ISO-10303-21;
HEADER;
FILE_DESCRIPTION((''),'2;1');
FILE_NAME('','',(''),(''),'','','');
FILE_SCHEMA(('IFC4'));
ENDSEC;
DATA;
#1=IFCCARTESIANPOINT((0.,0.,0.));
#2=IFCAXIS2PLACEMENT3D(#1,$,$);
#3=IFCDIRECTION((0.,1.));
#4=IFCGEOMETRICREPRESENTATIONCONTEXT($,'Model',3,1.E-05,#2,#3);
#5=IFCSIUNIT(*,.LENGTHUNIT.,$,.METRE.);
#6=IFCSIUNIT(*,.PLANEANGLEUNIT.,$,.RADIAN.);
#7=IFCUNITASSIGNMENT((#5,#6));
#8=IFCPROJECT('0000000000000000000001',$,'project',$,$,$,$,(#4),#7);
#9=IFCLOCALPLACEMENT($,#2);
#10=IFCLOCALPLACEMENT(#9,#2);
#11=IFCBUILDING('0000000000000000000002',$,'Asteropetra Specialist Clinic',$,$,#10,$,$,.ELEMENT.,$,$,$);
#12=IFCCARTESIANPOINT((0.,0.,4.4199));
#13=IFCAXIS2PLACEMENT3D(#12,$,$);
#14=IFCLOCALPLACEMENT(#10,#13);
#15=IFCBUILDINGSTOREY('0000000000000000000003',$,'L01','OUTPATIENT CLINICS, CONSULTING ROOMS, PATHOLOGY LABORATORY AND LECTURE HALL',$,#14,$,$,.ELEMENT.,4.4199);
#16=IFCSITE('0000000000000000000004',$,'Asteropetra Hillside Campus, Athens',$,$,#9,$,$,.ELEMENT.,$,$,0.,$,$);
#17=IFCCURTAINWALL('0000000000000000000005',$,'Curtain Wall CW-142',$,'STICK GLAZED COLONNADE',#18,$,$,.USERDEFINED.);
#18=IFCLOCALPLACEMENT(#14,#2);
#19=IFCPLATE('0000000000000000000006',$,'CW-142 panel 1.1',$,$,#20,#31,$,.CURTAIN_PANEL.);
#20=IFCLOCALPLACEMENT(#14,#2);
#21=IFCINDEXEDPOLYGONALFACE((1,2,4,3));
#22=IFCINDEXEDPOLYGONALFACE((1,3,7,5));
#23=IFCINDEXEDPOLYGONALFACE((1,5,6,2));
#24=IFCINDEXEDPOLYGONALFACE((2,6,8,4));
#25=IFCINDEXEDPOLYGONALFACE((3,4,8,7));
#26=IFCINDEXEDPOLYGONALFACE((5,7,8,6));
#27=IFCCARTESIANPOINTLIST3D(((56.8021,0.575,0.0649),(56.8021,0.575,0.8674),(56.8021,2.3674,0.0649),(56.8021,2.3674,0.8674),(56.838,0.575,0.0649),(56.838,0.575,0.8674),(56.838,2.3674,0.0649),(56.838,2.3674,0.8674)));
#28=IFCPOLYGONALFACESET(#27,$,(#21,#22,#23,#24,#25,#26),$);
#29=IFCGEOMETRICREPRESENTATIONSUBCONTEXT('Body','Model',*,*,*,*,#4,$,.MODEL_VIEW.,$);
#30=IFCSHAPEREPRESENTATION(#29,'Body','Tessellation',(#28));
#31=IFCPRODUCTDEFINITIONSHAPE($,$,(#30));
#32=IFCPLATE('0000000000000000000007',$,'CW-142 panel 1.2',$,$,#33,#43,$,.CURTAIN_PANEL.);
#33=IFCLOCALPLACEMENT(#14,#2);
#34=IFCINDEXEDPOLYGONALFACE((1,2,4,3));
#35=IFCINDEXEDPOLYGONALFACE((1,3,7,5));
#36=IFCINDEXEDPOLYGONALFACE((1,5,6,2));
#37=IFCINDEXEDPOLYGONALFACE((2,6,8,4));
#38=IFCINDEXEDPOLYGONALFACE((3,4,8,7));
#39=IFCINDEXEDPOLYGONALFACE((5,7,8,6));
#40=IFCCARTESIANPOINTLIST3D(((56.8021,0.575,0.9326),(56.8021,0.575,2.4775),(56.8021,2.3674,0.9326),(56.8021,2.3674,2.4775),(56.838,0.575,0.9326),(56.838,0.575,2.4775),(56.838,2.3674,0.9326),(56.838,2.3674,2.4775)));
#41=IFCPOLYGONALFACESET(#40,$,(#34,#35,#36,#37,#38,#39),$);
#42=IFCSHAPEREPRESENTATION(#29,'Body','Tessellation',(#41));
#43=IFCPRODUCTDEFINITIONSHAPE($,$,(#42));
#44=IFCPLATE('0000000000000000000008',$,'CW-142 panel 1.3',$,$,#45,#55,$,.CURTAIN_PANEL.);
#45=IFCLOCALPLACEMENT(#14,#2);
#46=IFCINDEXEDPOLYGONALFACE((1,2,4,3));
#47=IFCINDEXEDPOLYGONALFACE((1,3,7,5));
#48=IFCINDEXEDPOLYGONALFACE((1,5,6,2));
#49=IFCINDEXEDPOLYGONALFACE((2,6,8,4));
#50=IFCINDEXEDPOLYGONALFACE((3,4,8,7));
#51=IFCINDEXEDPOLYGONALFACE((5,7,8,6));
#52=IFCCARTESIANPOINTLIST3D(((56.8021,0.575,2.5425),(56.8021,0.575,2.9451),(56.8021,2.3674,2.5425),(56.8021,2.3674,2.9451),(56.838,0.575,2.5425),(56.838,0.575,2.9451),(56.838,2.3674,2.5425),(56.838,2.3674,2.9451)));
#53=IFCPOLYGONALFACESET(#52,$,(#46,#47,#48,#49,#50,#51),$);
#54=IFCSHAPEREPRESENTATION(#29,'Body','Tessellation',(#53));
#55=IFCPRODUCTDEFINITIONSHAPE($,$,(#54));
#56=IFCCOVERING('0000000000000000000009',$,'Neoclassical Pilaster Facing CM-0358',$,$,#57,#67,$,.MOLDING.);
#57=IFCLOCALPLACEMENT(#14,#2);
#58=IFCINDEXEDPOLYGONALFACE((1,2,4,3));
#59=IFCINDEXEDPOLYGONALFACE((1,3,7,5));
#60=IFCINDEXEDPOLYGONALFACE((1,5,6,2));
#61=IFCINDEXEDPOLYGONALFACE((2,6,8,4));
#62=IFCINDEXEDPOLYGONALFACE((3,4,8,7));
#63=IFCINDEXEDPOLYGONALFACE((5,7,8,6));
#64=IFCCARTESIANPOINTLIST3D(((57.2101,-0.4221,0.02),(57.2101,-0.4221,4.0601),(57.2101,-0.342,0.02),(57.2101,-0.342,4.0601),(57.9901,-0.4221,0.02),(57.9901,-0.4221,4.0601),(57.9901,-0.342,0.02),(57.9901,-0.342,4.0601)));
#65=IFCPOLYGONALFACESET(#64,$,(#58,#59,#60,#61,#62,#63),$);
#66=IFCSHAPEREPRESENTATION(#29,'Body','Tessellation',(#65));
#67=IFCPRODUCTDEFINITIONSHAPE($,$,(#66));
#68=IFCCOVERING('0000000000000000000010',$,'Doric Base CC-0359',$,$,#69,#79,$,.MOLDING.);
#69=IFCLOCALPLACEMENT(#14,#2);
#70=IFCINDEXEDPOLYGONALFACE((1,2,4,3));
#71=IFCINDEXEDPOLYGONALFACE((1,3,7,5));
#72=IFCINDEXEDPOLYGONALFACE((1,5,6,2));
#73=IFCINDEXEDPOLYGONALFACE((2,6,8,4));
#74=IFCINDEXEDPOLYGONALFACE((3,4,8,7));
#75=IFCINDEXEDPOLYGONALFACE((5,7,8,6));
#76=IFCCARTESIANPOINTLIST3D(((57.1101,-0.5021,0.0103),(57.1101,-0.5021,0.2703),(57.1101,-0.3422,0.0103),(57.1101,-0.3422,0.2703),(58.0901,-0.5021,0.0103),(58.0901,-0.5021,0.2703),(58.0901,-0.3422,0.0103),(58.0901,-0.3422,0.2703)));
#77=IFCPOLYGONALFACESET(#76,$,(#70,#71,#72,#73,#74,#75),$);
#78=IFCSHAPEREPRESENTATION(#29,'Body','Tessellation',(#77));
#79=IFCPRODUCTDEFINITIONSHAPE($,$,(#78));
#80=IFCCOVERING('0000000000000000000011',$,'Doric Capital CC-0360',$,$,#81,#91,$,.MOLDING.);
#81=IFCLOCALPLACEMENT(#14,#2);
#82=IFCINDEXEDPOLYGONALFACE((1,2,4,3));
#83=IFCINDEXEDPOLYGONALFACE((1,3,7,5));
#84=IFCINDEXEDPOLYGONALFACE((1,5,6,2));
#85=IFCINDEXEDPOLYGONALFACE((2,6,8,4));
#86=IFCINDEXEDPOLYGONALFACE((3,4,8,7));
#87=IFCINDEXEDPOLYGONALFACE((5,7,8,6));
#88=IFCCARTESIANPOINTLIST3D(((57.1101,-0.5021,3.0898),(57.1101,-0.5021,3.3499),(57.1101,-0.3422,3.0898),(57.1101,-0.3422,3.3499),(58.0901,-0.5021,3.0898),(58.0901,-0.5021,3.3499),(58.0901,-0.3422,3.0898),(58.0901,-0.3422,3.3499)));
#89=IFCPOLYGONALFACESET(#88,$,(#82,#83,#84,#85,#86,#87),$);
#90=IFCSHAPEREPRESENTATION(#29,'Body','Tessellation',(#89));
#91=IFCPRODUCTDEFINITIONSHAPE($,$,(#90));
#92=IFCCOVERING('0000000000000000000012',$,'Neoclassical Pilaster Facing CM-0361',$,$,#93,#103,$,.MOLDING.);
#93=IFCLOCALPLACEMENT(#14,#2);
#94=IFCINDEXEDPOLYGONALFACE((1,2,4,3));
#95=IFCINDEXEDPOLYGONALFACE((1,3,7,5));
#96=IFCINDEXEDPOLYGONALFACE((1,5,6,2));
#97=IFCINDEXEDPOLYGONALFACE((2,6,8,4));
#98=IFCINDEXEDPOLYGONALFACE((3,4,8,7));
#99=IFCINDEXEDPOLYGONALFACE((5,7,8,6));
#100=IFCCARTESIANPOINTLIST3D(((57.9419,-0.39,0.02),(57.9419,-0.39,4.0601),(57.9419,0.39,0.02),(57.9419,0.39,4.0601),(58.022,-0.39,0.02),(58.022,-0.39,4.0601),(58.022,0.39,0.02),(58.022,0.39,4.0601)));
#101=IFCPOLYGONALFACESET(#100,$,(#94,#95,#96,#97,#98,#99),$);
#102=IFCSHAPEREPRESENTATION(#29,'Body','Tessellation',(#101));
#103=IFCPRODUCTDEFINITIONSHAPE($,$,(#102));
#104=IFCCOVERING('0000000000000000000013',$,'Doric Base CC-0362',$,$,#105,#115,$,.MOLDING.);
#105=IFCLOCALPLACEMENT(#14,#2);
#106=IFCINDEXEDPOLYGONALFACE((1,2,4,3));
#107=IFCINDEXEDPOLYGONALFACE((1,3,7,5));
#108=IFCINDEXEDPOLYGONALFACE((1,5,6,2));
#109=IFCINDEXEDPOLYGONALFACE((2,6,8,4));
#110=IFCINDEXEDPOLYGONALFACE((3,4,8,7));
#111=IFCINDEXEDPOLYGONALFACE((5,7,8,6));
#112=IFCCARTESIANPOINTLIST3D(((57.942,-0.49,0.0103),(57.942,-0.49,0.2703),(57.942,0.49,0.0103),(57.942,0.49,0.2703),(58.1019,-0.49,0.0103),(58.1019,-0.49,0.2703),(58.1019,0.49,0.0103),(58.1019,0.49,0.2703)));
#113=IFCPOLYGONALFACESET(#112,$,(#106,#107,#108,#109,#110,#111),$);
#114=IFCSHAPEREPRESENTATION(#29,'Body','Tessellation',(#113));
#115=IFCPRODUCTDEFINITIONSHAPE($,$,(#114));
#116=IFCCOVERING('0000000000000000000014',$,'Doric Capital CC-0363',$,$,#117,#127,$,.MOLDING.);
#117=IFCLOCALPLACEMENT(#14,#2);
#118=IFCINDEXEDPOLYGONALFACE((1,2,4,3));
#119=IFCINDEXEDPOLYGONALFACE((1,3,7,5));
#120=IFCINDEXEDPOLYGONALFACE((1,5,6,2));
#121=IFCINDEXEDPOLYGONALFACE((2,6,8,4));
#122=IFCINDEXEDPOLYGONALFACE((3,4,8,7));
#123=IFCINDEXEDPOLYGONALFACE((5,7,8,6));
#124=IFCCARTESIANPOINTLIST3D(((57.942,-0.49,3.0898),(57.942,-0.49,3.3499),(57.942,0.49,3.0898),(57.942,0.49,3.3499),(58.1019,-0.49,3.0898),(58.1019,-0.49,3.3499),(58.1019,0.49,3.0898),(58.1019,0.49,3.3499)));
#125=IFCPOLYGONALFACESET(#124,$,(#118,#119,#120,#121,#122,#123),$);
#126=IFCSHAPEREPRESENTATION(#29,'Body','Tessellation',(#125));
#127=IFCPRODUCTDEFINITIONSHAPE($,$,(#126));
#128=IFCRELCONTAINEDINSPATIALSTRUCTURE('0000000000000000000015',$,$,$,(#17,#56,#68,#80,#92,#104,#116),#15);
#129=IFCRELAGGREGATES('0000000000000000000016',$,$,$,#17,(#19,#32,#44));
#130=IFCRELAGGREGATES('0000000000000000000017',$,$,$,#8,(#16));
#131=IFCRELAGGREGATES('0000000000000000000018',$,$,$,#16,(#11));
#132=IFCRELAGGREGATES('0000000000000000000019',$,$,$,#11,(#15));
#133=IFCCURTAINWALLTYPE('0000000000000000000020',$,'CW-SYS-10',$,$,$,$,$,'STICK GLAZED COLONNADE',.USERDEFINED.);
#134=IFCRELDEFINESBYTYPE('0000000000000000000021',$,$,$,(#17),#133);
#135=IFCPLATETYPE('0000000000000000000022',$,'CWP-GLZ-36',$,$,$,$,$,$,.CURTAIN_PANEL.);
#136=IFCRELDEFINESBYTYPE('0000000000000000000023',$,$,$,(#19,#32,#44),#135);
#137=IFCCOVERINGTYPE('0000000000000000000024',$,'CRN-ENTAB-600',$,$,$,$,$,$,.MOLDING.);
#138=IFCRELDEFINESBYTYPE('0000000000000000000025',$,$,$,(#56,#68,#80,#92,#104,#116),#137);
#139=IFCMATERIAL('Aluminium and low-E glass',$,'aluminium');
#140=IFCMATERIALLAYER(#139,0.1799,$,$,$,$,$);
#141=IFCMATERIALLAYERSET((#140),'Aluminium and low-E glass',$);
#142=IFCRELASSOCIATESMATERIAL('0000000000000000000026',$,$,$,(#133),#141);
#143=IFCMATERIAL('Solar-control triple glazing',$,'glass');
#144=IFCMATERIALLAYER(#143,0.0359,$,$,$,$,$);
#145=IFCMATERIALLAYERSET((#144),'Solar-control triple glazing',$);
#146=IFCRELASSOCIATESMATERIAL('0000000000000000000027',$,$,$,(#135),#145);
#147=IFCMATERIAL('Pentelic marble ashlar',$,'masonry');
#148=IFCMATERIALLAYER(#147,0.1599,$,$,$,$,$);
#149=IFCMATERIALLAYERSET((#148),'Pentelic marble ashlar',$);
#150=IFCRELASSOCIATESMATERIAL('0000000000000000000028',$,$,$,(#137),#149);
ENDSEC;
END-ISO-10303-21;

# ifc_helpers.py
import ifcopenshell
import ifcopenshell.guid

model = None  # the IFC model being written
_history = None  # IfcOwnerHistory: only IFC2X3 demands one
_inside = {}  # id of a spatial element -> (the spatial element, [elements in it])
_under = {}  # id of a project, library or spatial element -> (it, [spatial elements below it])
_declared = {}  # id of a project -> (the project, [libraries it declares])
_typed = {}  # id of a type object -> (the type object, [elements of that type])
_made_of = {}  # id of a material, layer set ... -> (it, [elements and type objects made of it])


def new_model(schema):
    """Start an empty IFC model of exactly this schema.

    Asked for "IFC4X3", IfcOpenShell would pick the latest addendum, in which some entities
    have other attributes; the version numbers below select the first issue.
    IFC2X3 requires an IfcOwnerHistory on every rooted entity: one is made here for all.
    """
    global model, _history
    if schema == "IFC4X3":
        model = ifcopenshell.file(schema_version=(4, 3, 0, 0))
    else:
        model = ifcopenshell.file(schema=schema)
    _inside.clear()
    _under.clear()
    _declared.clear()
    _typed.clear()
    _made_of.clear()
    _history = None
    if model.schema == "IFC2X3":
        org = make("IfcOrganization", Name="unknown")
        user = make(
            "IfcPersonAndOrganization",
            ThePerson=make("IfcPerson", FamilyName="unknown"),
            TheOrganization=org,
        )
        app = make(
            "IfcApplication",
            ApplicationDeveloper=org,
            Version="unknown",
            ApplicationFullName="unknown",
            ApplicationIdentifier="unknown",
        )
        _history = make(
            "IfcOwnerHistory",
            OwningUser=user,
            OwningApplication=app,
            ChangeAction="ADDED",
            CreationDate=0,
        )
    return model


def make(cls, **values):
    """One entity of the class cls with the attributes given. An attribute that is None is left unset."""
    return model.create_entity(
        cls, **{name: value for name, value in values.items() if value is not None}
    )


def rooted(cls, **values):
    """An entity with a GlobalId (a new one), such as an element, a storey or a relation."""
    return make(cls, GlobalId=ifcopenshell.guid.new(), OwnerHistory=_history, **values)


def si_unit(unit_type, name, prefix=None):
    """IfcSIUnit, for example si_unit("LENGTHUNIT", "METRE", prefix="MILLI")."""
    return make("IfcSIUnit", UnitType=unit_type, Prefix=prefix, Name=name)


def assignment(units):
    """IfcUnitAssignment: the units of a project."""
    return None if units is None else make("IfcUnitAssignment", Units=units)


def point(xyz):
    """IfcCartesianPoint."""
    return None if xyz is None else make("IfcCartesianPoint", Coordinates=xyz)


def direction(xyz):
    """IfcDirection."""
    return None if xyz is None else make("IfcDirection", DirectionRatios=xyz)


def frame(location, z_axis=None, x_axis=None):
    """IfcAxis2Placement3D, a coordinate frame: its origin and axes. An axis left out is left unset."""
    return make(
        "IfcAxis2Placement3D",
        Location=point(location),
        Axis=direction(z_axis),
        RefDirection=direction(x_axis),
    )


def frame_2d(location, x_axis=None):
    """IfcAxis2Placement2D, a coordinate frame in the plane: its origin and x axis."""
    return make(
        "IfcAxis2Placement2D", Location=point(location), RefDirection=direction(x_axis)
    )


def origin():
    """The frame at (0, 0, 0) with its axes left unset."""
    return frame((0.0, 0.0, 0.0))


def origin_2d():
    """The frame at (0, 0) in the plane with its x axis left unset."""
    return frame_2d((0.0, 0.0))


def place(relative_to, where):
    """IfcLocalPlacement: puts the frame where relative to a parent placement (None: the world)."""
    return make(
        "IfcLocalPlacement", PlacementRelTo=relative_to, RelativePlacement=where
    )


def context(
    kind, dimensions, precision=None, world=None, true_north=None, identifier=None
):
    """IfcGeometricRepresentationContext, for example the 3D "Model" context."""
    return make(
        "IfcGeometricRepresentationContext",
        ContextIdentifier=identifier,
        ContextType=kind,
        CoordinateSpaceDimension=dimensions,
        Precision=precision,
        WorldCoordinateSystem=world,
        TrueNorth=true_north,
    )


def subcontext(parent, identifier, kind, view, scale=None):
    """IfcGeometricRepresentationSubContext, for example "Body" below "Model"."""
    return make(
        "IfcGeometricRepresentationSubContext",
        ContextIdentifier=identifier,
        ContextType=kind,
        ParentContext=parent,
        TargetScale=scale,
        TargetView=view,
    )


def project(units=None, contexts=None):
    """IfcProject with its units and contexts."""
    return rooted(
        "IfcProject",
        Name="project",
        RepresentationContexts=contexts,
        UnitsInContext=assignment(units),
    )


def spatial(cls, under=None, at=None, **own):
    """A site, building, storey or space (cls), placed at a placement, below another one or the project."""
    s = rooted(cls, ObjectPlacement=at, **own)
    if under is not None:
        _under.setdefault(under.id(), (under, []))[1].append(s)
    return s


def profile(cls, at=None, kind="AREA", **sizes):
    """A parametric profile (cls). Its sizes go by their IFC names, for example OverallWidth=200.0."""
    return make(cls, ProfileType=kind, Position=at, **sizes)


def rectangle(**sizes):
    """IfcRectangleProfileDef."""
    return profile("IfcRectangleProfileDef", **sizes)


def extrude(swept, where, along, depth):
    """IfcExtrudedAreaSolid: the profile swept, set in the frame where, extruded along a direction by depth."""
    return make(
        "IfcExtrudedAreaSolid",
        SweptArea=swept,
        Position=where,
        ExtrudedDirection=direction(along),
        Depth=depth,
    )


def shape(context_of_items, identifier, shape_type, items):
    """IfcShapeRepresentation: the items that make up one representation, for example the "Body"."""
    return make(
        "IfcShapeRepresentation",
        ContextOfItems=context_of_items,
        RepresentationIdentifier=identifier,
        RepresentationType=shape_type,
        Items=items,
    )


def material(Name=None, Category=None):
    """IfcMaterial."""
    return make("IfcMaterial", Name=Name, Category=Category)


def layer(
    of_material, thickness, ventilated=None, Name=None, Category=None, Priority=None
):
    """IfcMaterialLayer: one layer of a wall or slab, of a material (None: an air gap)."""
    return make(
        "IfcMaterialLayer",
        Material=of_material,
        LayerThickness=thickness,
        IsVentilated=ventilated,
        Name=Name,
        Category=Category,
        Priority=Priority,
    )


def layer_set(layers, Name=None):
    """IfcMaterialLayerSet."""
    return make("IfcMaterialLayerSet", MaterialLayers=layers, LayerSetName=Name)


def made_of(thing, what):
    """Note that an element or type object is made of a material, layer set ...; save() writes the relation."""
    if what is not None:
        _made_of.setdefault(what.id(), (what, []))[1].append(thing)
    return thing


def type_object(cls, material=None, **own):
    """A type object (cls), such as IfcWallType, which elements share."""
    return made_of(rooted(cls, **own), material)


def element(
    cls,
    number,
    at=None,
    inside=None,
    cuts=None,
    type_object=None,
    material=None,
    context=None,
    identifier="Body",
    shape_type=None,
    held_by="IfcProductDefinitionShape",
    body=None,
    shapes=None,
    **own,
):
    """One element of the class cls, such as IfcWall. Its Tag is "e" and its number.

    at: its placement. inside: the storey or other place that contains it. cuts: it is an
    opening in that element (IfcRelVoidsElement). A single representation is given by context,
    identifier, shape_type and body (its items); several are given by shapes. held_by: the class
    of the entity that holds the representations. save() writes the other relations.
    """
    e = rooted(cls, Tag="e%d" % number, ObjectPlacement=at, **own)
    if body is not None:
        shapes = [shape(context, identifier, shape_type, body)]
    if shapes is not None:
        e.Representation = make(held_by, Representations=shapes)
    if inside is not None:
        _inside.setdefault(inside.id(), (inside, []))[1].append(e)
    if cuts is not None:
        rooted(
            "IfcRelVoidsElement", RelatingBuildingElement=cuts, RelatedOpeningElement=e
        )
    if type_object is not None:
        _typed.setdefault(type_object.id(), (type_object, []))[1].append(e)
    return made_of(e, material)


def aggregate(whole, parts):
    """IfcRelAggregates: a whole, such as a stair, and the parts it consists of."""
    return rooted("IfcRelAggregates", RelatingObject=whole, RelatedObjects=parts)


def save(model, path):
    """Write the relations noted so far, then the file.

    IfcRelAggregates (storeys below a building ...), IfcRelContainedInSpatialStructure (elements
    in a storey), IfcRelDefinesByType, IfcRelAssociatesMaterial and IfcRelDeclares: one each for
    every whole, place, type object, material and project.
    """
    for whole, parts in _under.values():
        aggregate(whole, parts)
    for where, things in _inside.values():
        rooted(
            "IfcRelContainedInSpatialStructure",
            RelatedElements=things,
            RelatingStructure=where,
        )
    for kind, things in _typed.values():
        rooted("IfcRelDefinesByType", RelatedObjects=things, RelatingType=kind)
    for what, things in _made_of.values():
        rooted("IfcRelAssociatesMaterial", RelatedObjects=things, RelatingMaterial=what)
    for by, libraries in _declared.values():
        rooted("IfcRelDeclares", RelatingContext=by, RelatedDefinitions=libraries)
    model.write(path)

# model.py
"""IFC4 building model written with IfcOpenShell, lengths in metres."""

from ifc_helpers import new_model, si_unit, direction, frame, origin, origin_2d, place, context, subcontext, project, spatial, rectangle, extrude, material, layer, layer_set, type_object, element, aggregate, save


model = new_model("IFC4")

# Units and contexts
model_context = context("Model", 3, precision=1e-05, world=origin(), true_north=direction((0.0, 1.0)))
body_context = subcontext(model_context, "Body", "Model", "MODEL_VIEW")
ifc_project = project(units=[si_unit("LENGTHUNIT", "METRE"), si_unit("PLANEANGLEUNIT", "RADIAN")], contexts=[model_context])

# Site, building, storey
site_placement = place(None, origin())
site = spatial("IfcSite", under=ifc_project, at=site_placement, Name="Asteropetra Hillside Campus, Athens", CompositionType="ELEMENT", RefElevation=0.0)
building_placement = place(site_placement, origin())
building = spatial("IfcBuilding", under=site, at=building_placement, Name="Asteropetra Specialist Clinic", CompositionType="ELEMENT")
storey_placement = place(building_placement, frame((0.0, 0.0, 4.4199)))
storey = spatial("IfcBuildingStorey", under=building, at=storey_placement, Name="L01", Description="OUTPATIENT CLINICS, CONSULTING ROOMS, PATHOLOGY LABORATORY AND LECTURE HALL", CompositionType="ELEMENT", Elevation=4.4199)

# Curtain wall
ifc_material_1 = material(Name="Aluminium and low-E glass", Category="aluminium")
ifc_layer_1 = layer(ifc_material_1, 0.1799)
ifc_layer_set_1 = layer_set([ifc_layer_1], Name="Aluminium and low-E glass")
curtain_wall_type_1 = type_object("IfcCurtainWallType", Name="CW-SYS-10", ElementType="STICK GLAZED COLONNADE", PredefinedType="USERDEFINED", material=ifc_layer_set_1)
curtain_wall_1_placement = place(storey_placement, origin())
curtain_wall_1 = element("IfcCurtainWall", 1, at=curtain_wall_1_placement, inside=storey, type_object=curtain_wall_type_1, Name="Curtain Wall CW-142", ObjectType="STICK GLAZED COLONNADE", PredefinedType="USERDEFINED")

# Plates
ifc_material_2 = material(Name="Solar-control triple glazing", Category="glass")
ifc_layer_2 = layer(ifc_material_2, 0.0359)
ifc_layer_set_2 = layer_set([ifc_layer_2], Name="Solar-control triple glazing")
plate_type_1 = type_object("IfcPlateType", Name="CWP-GLZ-36", PredefinedType="CURTAIN_PANEL", material=ifc_layer_set_2)
plate_1_placement = place(storey_placement, frame((56.8201, 1.4712, 0.0649), z_axis=(0.0, 0.0, 1.0), x_axis=(0.0, 1.0, 0.0)))
plate_1 = element("IfcPlate", 2, at=plate_1_placement, type_object=plate_type_1, Name="CW-142 panel 1.1", PredefinedType="CURTAIN_PANEL", context=body_context, shape_type="SweptSolid", body=[
    extrude(rectangle(XDim=1.7925, YDim=0.0359, at=origin_2d()), origin(), (0.0, 0.0, 1.0), 0.8025),
])
plate_2_placement = place(storey_placement, frame((56.8201, 1.4712, 0.9326), z_axis=(0.0, 0.0, 1.0), x_axis=(0.0, 1.0, 0.0)))
plate_2 = element("IfcPlate", 3, at=plate_2_placement, type_object=plate_type_1, Name="CW-142 panel 1.2", PredefinedType="CURTAIN_PANEL", context=body_context, shape_type="SweptSolid", body=[
    extrude(rectangle(XDim=1.7925, YDim=0.0359, at=origin_2d()), origin(), (0.0, 0.0, 1.0), 1.5449),
])
plate_3_placement = place(storey_placement, frame((56.8201, 1.4712, 2.5425), z_axis=(0.0, 0.0, 1.0), x_axis=(0.0, 1.0, 0.0)))
plate_3 = element("IfcPlate", 4, at=plate_3_placement, type_object=plate_type_1, Name="CW-142 panel 1.3", PredefinedType="CURTAIN_PANEL", context=body_context, shape_type="SweptSolid", body=[
    extrude(rectangle(XDim=1.7925, YDim=0.0359, at=origin_2d()), origin(), (0.0, 0.0, 1.0), 0.4026),
])
aggregate(curtain_wall_1, [plate_1, plate_2, plate_3])

# Coverings
ifc_material_3 = material(Name="Pentelic marble ashlar", Category="masonry")
ifc_layer_3 = layer(ifc_material_3, 0.1599)
ifc_layer_set_3 = layer_set([ifc_layer_3], Name="Pentelic marble ashlar")
covering_type = type_object("IfcCoveringType", Name="CRN-ENTAB-600", PredefinedType="MOLDING", material=ifc_layer_set_3)
covering_1_placement = place(storey_placement, frame((57.6001, -0.3821, 0.02), z_axis=(0.0, 0.0, 1.0), x_axis=(1.0, 0.0, 0.0)))
element("IfcCovering", 5, at=covering_1_placement, inside=storey, type_object=covering_type, Name="Neoclassical Pilaster Facing CM-0358", PredefinedType="MOLDING", context=body_context, shape_type="SweptSolid", body=[
    extrude(rectangle(XDim=0.78, YDim=0.0801, at=origin_2d()), origin(), (0.0, 0.0, 1.0), 4.04),
])
for number, where, z_axis, x_axis, name in (
    (6, (57.6001, -0.4221, 0.0103), (0.0, 0.0, 1.0), (1.0, 0.0, 0.0), "Doric Base CC-0359"),
    (7, (57.6001, -0.4221, 3.0898), (0.0, 0.0, 1.0), (1.0, 0.0, 0.0), "Doric Capital CC-0360"),
):
    element("IfcCovering", number, at=place(storey_placement, frame(where, z_axis=z_axis, x_axis=x_axis)), inside=storey, type_object=covering_type, Name=name, PredefinedType="MOLDING", context=body_context, shape_type="SweptSolid", body=[
        extrude(rectangle(XDim=0.98, YDim=0.1599, at=origin_2d()), origin(), (0.0, 0.0, 1.0), 0.26),
    ])
covering_2_placement = place(storey_placement, frame((57.9819, 0.0, 0.02), z_axis=(0.0, 0.0, 1.0), x_axis=(1.0, 0.0, 0.0)))
element("IfcCovering", 8, at=covering_2_placement, inside=storey, type_object=covering_type, Name="Neoclassical Pilaster Facing CM-0361", PredefinedType="MOLDING", context=body_context, shape_type="SweptSolid", body=[
    extrude(rectangle(XDim=0.0801, YDim=0.78, at=origin_2d()), origin(), (0.0, 0.0, 1.0), 4.04),
])
for number, where, z_axis, x_axis, name in (
    (9, (58.022, 0.0, 0.0103), (0.0, 0.0, 1.0), (1.0, 0.0, 0.0), "Doric Base CC-0362"),
    (10, (58.022, 0.0, 3.0898), (0.0, 0.0, 1.0), (1.0, 0.0, 0.0), "Doric Capital CC-0363"),
):
    element("IfcCovering", number, at=place(storey_placement, frame(where, z_axis=z_axis, x_axis=x_axis)), inside=storey, type_object=covering_type, Name=name, PredefinedType="MOLDING", context=body_context, shape_type="SweptSolid", body=[
        extrude(rectangle(XDim=0.1599, YDim=0.98, at=origin_2d()), origin(), (0.0, 0.0, 1.0), 0.26),
    ])

save(model, "model.ifc")
